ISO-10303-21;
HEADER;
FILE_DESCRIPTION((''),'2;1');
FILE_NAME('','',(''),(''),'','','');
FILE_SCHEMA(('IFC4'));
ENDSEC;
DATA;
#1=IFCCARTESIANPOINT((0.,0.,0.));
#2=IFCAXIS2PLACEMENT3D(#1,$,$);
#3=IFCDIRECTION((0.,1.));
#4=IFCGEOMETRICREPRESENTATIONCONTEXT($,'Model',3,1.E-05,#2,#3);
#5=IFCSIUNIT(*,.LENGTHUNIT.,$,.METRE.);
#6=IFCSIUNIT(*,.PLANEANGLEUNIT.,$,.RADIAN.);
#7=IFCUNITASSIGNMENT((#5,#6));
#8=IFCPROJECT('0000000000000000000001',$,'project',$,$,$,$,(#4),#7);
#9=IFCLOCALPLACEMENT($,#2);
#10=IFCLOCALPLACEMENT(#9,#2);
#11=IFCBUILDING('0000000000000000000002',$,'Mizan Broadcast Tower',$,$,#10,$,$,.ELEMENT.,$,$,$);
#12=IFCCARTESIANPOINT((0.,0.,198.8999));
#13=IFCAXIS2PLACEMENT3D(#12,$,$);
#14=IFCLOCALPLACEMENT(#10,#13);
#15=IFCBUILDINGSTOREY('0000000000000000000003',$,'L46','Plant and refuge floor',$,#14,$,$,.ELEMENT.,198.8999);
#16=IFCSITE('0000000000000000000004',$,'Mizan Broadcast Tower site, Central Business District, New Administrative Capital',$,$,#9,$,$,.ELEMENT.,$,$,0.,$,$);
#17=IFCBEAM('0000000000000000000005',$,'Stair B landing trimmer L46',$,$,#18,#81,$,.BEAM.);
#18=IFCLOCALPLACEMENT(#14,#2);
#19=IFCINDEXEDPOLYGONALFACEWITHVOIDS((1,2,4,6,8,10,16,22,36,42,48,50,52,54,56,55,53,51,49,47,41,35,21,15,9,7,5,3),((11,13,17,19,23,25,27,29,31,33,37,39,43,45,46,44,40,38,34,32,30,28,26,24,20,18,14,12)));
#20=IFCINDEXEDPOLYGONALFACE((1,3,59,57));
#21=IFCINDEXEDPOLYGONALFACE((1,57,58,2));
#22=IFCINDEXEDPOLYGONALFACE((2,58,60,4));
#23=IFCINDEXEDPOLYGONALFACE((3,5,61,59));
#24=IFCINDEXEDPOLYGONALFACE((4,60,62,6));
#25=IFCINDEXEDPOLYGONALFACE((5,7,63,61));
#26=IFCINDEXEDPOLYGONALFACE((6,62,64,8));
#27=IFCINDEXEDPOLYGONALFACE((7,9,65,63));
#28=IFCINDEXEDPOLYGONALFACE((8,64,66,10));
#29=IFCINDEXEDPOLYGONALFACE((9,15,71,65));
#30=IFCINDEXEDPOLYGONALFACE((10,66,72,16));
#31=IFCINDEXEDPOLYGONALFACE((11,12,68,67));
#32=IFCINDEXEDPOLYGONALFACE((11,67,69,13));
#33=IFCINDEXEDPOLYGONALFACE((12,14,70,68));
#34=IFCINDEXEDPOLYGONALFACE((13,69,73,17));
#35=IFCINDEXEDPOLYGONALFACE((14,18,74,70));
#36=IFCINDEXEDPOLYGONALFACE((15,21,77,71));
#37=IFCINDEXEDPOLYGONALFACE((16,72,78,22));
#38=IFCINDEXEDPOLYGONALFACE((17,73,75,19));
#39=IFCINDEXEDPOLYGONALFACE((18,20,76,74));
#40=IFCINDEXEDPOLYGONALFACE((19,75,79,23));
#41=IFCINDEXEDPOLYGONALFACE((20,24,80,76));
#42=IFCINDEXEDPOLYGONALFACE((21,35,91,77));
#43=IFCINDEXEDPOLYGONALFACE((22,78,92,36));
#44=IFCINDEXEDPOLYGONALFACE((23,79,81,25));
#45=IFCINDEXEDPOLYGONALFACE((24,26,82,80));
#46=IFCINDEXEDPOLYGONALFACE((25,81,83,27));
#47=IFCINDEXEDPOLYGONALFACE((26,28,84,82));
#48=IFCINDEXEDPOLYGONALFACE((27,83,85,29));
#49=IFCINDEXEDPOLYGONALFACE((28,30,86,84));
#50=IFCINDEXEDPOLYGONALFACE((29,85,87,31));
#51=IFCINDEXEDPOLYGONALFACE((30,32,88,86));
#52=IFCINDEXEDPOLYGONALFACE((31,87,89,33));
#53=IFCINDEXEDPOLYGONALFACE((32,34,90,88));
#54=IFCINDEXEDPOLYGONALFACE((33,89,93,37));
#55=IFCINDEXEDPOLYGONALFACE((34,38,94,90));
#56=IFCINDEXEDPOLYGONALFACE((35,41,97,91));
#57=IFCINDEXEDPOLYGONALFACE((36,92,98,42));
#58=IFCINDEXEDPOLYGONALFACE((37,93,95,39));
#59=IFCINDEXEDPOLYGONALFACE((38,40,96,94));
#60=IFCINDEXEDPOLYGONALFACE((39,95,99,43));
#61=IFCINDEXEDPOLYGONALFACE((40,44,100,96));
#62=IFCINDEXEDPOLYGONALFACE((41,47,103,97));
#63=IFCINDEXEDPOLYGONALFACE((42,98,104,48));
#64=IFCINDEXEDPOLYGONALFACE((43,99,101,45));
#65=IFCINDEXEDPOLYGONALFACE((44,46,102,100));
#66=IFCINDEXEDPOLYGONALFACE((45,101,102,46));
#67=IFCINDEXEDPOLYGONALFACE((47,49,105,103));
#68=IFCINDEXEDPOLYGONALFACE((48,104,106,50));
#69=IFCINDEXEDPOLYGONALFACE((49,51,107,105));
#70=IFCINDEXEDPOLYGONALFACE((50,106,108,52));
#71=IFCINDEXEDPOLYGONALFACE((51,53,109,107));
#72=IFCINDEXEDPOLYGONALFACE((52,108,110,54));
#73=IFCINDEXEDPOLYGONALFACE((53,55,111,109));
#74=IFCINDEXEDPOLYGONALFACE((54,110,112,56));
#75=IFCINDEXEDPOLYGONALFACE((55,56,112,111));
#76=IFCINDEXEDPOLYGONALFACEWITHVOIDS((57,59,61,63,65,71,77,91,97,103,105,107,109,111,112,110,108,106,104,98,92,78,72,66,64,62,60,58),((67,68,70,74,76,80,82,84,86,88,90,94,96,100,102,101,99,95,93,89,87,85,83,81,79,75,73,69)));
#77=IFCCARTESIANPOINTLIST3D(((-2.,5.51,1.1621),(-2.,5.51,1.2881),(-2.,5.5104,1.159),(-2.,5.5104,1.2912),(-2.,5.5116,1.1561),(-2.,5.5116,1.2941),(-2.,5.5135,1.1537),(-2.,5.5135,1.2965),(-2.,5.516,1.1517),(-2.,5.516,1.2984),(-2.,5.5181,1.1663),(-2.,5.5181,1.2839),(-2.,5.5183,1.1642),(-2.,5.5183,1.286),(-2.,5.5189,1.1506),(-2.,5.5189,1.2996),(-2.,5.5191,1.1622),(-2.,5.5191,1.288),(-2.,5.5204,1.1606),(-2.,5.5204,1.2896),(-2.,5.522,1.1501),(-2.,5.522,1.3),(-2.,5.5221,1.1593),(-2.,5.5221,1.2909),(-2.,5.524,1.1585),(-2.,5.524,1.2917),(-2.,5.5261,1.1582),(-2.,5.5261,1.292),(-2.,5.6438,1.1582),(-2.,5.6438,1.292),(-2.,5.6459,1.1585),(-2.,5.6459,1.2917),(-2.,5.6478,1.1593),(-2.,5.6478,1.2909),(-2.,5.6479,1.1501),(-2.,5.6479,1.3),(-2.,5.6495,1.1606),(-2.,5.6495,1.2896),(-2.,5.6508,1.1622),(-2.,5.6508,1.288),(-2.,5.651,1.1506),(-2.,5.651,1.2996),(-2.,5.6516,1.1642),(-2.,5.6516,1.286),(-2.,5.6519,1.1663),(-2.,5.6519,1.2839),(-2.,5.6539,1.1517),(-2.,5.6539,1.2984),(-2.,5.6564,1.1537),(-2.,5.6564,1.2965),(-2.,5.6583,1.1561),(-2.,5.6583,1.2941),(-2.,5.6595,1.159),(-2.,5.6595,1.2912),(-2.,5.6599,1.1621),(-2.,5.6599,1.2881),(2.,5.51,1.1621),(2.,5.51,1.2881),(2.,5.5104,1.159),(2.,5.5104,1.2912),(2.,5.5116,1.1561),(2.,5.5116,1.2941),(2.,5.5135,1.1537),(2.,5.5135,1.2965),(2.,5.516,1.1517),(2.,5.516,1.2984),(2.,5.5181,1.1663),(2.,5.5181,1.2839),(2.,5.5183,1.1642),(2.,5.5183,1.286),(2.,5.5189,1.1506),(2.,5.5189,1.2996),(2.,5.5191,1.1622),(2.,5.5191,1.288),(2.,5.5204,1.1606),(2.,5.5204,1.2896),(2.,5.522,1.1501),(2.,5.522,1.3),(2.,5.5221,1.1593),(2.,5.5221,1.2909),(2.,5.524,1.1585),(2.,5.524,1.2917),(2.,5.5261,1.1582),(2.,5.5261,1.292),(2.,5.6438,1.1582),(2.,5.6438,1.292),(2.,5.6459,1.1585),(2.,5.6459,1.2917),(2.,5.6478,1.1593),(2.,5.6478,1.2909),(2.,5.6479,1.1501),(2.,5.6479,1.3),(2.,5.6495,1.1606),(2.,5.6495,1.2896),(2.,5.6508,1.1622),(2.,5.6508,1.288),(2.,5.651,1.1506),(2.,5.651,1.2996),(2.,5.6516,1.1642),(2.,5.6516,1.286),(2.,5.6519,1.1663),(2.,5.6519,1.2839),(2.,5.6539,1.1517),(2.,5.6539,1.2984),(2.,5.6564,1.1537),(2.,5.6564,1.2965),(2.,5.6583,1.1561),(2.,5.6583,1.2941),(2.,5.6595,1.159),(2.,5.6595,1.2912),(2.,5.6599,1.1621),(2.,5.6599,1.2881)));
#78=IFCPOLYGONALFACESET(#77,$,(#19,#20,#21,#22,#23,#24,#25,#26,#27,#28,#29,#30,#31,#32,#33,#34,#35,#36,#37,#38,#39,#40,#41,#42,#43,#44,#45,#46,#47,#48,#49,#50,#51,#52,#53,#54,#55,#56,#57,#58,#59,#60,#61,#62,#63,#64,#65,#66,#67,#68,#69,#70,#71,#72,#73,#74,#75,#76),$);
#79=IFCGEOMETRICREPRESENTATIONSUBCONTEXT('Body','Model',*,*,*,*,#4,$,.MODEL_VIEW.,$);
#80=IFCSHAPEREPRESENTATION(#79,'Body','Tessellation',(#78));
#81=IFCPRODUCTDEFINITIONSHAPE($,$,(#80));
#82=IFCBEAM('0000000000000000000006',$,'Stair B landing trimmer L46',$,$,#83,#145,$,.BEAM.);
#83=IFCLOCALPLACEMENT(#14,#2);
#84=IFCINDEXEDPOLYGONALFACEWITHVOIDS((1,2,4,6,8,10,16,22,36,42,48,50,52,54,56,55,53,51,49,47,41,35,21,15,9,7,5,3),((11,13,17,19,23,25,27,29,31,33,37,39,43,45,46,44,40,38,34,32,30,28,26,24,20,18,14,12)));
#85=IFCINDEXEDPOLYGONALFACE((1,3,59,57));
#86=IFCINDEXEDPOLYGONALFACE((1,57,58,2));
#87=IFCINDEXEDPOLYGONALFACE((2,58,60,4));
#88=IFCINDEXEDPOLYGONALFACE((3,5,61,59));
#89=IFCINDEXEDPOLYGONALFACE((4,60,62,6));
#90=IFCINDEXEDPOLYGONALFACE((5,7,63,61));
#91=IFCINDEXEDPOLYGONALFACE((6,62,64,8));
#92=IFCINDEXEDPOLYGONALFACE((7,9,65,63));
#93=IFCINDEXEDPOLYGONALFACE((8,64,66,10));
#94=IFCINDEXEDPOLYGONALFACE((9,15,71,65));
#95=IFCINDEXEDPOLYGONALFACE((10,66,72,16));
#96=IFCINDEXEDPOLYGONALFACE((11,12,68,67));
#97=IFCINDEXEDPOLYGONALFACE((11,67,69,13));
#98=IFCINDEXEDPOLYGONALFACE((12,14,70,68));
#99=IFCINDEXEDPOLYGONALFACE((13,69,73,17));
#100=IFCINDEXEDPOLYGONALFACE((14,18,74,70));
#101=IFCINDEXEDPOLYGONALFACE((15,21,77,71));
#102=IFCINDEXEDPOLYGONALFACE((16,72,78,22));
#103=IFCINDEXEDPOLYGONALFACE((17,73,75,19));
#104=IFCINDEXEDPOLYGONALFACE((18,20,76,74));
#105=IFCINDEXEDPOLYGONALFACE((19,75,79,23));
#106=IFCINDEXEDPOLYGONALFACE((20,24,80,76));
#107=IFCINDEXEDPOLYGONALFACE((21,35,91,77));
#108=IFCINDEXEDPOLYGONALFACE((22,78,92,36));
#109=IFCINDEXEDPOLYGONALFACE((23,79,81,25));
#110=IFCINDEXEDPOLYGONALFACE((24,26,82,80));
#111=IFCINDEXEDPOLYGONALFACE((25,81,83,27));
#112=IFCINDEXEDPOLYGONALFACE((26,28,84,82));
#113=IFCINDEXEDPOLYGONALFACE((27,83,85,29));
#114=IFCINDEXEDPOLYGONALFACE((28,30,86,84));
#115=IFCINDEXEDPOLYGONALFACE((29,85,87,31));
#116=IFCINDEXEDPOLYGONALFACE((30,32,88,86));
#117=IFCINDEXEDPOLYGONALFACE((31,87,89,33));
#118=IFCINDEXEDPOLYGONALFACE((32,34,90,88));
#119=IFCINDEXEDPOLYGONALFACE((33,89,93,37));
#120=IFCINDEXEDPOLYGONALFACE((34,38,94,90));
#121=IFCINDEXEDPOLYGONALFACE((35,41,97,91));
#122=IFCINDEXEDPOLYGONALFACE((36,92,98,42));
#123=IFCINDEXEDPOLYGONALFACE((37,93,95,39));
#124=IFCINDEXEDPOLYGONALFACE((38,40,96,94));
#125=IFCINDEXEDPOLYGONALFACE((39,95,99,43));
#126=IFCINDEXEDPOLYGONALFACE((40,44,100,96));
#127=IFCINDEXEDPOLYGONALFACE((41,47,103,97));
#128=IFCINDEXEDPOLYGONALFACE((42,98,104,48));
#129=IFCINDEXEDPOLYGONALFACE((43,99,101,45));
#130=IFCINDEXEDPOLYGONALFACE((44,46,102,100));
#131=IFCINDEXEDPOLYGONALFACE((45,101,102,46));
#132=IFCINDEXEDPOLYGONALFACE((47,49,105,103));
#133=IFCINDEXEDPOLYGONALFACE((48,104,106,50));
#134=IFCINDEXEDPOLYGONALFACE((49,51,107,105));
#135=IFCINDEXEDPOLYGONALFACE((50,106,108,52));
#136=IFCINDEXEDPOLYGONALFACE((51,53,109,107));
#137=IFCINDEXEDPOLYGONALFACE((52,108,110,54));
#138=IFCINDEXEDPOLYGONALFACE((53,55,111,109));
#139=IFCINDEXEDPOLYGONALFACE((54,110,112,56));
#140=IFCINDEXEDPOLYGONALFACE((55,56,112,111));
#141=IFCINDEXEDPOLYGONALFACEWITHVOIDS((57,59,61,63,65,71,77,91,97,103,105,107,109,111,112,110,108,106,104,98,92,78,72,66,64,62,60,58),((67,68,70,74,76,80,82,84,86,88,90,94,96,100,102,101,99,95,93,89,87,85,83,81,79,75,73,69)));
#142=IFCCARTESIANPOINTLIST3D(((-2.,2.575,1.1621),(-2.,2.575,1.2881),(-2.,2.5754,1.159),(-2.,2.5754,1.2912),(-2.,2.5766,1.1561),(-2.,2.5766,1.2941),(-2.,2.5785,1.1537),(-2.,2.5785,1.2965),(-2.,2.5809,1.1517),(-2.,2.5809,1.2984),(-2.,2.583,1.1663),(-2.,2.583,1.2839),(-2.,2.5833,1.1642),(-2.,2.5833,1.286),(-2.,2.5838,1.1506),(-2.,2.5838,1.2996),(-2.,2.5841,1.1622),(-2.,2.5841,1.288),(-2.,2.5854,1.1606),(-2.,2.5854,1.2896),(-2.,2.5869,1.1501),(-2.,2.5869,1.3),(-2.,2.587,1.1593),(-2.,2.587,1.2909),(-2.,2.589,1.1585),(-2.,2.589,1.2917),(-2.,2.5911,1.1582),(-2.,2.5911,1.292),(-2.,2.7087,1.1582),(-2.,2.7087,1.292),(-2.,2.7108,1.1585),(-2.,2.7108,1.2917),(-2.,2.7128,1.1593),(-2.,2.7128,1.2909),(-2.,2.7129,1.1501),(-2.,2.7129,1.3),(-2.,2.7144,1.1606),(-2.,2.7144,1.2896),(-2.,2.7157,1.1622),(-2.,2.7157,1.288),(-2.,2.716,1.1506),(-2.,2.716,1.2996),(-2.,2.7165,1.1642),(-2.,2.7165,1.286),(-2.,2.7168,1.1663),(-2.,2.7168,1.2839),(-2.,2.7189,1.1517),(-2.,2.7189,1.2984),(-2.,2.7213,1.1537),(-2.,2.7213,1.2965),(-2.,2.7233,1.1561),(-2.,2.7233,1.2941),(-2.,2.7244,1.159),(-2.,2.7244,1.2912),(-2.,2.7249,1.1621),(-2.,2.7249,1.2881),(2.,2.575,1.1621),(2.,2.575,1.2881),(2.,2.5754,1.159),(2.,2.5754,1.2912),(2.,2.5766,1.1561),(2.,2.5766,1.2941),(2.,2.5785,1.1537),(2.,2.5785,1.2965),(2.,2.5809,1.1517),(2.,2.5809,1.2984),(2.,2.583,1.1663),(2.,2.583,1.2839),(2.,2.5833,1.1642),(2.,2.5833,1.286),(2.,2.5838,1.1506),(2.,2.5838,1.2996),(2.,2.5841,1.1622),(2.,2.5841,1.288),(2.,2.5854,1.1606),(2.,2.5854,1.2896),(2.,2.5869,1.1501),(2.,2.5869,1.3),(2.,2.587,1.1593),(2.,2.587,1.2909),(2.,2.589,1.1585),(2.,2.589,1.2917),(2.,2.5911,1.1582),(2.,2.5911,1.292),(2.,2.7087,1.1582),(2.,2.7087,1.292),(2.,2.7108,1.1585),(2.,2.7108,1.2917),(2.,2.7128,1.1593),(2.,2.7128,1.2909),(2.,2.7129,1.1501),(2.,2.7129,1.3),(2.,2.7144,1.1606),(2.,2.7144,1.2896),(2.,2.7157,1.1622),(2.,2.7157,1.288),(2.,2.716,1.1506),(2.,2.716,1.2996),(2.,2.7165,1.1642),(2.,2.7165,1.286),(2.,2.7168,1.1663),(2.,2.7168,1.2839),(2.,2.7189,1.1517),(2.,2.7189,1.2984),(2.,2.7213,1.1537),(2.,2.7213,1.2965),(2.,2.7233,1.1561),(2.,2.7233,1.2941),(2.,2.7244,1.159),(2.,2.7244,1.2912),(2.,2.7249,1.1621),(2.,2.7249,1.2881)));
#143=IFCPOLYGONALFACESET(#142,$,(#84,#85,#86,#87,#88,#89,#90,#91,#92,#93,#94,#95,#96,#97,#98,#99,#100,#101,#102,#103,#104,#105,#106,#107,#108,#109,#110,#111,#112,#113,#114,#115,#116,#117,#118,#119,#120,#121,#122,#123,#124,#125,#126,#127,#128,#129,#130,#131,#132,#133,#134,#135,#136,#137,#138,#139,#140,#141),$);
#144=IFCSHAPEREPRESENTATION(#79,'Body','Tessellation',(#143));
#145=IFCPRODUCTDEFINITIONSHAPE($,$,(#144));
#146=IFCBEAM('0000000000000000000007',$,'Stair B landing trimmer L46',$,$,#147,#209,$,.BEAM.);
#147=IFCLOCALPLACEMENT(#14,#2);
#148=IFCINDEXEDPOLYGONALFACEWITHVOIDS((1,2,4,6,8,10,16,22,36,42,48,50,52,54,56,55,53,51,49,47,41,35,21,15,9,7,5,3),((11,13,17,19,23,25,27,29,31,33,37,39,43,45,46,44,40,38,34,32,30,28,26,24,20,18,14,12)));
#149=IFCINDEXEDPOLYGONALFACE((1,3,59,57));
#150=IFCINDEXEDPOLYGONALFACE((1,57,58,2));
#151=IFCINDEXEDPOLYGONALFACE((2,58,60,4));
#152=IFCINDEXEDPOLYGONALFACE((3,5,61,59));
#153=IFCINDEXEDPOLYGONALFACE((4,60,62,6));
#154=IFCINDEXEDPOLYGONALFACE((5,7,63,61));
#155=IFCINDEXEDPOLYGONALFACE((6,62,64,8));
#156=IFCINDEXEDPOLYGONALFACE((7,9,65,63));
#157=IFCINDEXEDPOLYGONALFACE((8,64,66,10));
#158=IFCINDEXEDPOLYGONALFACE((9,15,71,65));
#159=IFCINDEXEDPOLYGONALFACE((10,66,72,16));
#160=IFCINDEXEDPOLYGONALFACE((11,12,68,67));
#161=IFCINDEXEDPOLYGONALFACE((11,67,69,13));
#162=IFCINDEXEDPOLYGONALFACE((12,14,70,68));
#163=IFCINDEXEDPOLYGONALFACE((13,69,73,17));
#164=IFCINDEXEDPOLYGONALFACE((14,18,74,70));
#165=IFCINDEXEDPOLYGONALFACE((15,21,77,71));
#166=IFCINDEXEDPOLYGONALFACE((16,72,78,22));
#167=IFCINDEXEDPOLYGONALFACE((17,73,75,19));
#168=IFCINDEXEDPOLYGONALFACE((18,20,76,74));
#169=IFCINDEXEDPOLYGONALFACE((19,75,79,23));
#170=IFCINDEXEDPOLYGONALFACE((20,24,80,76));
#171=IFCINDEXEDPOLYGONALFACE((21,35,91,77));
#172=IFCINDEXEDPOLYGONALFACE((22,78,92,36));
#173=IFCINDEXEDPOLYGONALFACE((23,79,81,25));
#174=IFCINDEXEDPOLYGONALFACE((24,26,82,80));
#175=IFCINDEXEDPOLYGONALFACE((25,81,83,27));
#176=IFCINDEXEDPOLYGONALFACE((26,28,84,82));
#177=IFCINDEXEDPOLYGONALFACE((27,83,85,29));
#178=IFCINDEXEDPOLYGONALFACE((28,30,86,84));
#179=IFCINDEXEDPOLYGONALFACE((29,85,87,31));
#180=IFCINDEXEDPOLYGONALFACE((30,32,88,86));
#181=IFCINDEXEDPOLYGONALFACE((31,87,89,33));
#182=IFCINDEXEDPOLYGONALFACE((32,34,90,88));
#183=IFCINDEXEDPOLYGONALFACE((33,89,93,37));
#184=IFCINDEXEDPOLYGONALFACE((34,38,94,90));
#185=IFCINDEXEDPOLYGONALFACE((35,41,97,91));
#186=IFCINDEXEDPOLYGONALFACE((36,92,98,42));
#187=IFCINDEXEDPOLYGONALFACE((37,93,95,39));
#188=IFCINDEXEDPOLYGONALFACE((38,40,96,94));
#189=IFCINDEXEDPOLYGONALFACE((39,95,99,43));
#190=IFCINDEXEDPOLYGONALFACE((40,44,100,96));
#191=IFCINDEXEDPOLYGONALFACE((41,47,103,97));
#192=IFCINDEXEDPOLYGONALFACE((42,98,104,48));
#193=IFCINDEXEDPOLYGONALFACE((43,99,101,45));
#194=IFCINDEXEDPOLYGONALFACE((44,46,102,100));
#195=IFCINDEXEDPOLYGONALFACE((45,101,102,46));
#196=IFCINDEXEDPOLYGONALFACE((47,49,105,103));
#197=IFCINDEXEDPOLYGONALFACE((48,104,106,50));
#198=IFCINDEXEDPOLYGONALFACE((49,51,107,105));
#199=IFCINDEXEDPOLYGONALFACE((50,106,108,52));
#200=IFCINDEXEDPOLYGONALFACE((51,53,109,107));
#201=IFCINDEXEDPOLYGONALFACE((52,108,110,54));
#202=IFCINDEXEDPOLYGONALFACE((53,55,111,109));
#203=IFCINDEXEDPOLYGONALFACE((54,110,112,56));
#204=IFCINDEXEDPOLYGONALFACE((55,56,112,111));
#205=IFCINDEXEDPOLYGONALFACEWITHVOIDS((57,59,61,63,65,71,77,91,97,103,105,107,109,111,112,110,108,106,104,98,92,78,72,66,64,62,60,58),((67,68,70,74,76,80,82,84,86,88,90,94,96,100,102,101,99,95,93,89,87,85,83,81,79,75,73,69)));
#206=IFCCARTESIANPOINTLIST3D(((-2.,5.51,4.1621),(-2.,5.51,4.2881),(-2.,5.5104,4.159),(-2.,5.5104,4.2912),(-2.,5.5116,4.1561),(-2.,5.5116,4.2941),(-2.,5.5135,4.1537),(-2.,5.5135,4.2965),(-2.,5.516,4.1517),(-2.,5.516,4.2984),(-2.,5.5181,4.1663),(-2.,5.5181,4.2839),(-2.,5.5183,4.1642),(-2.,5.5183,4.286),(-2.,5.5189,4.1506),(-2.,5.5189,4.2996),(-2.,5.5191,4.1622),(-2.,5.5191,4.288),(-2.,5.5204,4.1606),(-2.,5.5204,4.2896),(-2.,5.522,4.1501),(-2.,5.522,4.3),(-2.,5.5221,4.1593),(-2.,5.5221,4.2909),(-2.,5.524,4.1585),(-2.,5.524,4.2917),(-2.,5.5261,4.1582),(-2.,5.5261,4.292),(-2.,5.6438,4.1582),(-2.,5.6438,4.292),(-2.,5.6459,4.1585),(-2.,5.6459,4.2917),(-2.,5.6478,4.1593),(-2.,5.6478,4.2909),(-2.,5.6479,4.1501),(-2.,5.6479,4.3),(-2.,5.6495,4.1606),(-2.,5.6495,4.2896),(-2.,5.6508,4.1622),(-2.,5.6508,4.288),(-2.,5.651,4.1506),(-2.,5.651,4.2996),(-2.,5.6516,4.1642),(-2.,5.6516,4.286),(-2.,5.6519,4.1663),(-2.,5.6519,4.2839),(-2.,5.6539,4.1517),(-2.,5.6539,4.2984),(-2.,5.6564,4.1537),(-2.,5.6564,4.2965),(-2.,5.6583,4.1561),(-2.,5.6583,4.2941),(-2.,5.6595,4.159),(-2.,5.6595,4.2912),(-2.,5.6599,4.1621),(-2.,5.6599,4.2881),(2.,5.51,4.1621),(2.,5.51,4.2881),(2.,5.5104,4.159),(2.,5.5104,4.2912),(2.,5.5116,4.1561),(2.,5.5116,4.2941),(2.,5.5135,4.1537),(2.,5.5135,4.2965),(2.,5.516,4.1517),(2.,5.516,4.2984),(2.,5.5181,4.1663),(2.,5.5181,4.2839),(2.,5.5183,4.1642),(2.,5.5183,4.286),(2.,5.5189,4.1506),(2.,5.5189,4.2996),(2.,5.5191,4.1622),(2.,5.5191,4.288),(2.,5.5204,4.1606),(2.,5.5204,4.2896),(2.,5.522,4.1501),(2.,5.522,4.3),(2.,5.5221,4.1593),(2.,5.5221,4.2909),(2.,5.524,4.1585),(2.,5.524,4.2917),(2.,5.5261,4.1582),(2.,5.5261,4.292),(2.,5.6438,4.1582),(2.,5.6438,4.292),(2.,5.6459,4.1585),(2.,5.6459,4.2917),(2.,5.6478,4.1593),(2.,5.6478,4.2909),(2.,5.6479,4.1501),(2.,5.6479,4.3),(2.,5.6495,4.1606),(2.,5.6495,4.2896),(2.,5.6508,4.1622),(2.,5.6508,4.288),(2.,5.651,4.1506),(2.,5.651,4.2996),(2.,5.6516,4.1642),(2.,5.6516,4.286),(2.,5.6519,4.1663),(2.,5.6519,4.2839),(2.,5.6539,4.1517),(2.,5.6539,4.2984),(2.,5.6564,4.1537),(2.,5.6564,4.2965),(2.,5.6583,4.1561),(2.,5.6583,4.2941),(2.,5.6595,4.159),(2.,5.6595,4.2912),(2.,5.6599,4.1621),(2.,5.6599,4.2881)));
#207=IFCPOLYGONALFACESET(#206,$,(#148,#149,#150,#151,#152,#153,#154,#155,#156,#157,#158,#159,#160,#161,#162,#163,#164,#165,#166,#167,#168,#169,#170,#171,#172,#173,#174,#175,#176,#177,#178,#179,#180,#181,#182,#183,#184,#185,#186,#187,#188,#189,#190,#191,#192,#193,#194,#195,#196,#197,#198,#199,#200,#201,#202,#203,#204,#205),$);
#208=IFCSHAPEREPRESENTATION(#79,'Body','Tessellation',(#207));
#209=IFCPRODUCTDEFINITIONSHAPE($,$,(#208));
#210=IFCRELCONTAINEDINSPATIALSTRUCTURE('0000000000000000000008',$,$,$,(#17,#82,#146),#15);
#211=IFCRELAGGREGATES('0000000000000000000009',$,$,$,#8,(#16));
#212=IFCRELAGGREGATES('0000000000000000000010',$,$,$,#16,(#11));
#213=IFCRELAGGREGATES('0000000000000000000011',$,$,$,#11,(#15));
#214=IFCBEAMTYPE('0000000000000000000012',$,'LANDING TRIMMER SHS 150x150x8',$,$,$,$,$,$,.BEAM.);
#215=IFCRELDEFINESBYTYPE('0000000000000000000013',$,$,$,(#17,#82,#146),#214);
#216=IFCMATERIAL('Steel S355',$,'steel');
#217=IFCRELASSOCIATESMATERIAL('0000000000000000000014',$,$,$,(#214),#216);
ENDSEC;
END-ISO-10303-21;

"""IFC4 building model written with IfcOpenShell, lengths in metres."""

from ifc_helpers import new_model, si_unit, direction, frame, origin, origin_2d, place, context, subcontext, project, spatial, hollow_rectangle, extrude, material, material_profile, profile_set, type_object, element, save


model = new_model("IFC4")

# Units and contexts
model_context = context("Model", 3, precision=1e-05, world=origin(), true_north=direction((0.0, 1.0)))
body_context = subcontext(model_context, "Body", "Model", "MODEL_VIEW")
ifc_project = project(units=[si_unit("LENGTHUNIT", "METRE"), si_unit("PLANEANGLEUNIT", "RADIAN")], contexts=[model_context])

# Site, building, storey
site_placement = place(None, origin())
site = spatial("IfcSite", under=ifc_project, at=site_placement, Name="Mizan Broadcast Tower site, Central Business District, New Administrative Capital", CompositionType="ELEMENT", RefElevation=0.0)
building_placement = place(site_placement, origin())
building = spatial("IfcBuilding", under=site, at=building_placement, Name="Mizan Broadcast Tower", CompositionType="ELEMENT")
storey_placement = place(building_placement, frame((0.0, 0.0, 198.8999)))
storey = spatial("IfcBuildingStorey", under=building, at=storey_placement, Name="L46", Description="Plant and refuge floor", CompositionType="ELEMENT", Elevation=198.8999)

# Beams
ifc_material_1 = material(Name="Steel S355", Category="steel")
ifc_material_profile_1 = material_profile(ifc_material_1, hollow_rectangle(XDim=0.1499, YDim=0.1499, WallThickness=0.0081, InnerFilletRadius=0.0081, OuterFilletRadius=0.012, at=origin_2d()), Name="SHS 150x150x8")
ifc_profile_set_1 = profile_set([ifc_material_profile_1], Name="Steel S355")
beam_type_1 = type_object("IfcBeamType", Name="LANDING TRIMMER SHS 150x150x8", PredefinedType="BEAM", material=ifc_profile_set_1)
for number, where, z_axis, x_axis, name in (
    (1, (2.0, 5.585, 1.2251), (-1.0, 0.0, 0.0), (0.0, -1.0, 0.0), "Stair B landing trimmer L46"),
    (2, (2.0, 2.6499, 1.2251), (-1.0, 0.0, 0.0), (0.0, -1.0, 0.0), "Stair B landing trimmer L46"),
    (3, (2.0, 5.585, 4.2251), (-1.0, 0.0, 0.0), (0.0, -1.0, 0.0), "Stair B landing trimmer L46"),
):
    element("IfcBeam", number, at=place(storey_placement, frame(where, z_axis=z_axis, x_axis=x_axis)), inside=storey, type_object=beam_type_1, Name=name, PredefinedType="BEAM", context=body_context, shape_type="SweptSolid", body=[
        extrude(hollow_rectangle(XDim=0.1499, YDim=0.1499, WallThickness=0.0081, InnerFilletRadius=0.0081, OuterFilletRadius=0.012, at=origin_2d()), origin(), (0.0, 0.0, 1.0), 4.0),
    ])

save(model, "model.ifc")
